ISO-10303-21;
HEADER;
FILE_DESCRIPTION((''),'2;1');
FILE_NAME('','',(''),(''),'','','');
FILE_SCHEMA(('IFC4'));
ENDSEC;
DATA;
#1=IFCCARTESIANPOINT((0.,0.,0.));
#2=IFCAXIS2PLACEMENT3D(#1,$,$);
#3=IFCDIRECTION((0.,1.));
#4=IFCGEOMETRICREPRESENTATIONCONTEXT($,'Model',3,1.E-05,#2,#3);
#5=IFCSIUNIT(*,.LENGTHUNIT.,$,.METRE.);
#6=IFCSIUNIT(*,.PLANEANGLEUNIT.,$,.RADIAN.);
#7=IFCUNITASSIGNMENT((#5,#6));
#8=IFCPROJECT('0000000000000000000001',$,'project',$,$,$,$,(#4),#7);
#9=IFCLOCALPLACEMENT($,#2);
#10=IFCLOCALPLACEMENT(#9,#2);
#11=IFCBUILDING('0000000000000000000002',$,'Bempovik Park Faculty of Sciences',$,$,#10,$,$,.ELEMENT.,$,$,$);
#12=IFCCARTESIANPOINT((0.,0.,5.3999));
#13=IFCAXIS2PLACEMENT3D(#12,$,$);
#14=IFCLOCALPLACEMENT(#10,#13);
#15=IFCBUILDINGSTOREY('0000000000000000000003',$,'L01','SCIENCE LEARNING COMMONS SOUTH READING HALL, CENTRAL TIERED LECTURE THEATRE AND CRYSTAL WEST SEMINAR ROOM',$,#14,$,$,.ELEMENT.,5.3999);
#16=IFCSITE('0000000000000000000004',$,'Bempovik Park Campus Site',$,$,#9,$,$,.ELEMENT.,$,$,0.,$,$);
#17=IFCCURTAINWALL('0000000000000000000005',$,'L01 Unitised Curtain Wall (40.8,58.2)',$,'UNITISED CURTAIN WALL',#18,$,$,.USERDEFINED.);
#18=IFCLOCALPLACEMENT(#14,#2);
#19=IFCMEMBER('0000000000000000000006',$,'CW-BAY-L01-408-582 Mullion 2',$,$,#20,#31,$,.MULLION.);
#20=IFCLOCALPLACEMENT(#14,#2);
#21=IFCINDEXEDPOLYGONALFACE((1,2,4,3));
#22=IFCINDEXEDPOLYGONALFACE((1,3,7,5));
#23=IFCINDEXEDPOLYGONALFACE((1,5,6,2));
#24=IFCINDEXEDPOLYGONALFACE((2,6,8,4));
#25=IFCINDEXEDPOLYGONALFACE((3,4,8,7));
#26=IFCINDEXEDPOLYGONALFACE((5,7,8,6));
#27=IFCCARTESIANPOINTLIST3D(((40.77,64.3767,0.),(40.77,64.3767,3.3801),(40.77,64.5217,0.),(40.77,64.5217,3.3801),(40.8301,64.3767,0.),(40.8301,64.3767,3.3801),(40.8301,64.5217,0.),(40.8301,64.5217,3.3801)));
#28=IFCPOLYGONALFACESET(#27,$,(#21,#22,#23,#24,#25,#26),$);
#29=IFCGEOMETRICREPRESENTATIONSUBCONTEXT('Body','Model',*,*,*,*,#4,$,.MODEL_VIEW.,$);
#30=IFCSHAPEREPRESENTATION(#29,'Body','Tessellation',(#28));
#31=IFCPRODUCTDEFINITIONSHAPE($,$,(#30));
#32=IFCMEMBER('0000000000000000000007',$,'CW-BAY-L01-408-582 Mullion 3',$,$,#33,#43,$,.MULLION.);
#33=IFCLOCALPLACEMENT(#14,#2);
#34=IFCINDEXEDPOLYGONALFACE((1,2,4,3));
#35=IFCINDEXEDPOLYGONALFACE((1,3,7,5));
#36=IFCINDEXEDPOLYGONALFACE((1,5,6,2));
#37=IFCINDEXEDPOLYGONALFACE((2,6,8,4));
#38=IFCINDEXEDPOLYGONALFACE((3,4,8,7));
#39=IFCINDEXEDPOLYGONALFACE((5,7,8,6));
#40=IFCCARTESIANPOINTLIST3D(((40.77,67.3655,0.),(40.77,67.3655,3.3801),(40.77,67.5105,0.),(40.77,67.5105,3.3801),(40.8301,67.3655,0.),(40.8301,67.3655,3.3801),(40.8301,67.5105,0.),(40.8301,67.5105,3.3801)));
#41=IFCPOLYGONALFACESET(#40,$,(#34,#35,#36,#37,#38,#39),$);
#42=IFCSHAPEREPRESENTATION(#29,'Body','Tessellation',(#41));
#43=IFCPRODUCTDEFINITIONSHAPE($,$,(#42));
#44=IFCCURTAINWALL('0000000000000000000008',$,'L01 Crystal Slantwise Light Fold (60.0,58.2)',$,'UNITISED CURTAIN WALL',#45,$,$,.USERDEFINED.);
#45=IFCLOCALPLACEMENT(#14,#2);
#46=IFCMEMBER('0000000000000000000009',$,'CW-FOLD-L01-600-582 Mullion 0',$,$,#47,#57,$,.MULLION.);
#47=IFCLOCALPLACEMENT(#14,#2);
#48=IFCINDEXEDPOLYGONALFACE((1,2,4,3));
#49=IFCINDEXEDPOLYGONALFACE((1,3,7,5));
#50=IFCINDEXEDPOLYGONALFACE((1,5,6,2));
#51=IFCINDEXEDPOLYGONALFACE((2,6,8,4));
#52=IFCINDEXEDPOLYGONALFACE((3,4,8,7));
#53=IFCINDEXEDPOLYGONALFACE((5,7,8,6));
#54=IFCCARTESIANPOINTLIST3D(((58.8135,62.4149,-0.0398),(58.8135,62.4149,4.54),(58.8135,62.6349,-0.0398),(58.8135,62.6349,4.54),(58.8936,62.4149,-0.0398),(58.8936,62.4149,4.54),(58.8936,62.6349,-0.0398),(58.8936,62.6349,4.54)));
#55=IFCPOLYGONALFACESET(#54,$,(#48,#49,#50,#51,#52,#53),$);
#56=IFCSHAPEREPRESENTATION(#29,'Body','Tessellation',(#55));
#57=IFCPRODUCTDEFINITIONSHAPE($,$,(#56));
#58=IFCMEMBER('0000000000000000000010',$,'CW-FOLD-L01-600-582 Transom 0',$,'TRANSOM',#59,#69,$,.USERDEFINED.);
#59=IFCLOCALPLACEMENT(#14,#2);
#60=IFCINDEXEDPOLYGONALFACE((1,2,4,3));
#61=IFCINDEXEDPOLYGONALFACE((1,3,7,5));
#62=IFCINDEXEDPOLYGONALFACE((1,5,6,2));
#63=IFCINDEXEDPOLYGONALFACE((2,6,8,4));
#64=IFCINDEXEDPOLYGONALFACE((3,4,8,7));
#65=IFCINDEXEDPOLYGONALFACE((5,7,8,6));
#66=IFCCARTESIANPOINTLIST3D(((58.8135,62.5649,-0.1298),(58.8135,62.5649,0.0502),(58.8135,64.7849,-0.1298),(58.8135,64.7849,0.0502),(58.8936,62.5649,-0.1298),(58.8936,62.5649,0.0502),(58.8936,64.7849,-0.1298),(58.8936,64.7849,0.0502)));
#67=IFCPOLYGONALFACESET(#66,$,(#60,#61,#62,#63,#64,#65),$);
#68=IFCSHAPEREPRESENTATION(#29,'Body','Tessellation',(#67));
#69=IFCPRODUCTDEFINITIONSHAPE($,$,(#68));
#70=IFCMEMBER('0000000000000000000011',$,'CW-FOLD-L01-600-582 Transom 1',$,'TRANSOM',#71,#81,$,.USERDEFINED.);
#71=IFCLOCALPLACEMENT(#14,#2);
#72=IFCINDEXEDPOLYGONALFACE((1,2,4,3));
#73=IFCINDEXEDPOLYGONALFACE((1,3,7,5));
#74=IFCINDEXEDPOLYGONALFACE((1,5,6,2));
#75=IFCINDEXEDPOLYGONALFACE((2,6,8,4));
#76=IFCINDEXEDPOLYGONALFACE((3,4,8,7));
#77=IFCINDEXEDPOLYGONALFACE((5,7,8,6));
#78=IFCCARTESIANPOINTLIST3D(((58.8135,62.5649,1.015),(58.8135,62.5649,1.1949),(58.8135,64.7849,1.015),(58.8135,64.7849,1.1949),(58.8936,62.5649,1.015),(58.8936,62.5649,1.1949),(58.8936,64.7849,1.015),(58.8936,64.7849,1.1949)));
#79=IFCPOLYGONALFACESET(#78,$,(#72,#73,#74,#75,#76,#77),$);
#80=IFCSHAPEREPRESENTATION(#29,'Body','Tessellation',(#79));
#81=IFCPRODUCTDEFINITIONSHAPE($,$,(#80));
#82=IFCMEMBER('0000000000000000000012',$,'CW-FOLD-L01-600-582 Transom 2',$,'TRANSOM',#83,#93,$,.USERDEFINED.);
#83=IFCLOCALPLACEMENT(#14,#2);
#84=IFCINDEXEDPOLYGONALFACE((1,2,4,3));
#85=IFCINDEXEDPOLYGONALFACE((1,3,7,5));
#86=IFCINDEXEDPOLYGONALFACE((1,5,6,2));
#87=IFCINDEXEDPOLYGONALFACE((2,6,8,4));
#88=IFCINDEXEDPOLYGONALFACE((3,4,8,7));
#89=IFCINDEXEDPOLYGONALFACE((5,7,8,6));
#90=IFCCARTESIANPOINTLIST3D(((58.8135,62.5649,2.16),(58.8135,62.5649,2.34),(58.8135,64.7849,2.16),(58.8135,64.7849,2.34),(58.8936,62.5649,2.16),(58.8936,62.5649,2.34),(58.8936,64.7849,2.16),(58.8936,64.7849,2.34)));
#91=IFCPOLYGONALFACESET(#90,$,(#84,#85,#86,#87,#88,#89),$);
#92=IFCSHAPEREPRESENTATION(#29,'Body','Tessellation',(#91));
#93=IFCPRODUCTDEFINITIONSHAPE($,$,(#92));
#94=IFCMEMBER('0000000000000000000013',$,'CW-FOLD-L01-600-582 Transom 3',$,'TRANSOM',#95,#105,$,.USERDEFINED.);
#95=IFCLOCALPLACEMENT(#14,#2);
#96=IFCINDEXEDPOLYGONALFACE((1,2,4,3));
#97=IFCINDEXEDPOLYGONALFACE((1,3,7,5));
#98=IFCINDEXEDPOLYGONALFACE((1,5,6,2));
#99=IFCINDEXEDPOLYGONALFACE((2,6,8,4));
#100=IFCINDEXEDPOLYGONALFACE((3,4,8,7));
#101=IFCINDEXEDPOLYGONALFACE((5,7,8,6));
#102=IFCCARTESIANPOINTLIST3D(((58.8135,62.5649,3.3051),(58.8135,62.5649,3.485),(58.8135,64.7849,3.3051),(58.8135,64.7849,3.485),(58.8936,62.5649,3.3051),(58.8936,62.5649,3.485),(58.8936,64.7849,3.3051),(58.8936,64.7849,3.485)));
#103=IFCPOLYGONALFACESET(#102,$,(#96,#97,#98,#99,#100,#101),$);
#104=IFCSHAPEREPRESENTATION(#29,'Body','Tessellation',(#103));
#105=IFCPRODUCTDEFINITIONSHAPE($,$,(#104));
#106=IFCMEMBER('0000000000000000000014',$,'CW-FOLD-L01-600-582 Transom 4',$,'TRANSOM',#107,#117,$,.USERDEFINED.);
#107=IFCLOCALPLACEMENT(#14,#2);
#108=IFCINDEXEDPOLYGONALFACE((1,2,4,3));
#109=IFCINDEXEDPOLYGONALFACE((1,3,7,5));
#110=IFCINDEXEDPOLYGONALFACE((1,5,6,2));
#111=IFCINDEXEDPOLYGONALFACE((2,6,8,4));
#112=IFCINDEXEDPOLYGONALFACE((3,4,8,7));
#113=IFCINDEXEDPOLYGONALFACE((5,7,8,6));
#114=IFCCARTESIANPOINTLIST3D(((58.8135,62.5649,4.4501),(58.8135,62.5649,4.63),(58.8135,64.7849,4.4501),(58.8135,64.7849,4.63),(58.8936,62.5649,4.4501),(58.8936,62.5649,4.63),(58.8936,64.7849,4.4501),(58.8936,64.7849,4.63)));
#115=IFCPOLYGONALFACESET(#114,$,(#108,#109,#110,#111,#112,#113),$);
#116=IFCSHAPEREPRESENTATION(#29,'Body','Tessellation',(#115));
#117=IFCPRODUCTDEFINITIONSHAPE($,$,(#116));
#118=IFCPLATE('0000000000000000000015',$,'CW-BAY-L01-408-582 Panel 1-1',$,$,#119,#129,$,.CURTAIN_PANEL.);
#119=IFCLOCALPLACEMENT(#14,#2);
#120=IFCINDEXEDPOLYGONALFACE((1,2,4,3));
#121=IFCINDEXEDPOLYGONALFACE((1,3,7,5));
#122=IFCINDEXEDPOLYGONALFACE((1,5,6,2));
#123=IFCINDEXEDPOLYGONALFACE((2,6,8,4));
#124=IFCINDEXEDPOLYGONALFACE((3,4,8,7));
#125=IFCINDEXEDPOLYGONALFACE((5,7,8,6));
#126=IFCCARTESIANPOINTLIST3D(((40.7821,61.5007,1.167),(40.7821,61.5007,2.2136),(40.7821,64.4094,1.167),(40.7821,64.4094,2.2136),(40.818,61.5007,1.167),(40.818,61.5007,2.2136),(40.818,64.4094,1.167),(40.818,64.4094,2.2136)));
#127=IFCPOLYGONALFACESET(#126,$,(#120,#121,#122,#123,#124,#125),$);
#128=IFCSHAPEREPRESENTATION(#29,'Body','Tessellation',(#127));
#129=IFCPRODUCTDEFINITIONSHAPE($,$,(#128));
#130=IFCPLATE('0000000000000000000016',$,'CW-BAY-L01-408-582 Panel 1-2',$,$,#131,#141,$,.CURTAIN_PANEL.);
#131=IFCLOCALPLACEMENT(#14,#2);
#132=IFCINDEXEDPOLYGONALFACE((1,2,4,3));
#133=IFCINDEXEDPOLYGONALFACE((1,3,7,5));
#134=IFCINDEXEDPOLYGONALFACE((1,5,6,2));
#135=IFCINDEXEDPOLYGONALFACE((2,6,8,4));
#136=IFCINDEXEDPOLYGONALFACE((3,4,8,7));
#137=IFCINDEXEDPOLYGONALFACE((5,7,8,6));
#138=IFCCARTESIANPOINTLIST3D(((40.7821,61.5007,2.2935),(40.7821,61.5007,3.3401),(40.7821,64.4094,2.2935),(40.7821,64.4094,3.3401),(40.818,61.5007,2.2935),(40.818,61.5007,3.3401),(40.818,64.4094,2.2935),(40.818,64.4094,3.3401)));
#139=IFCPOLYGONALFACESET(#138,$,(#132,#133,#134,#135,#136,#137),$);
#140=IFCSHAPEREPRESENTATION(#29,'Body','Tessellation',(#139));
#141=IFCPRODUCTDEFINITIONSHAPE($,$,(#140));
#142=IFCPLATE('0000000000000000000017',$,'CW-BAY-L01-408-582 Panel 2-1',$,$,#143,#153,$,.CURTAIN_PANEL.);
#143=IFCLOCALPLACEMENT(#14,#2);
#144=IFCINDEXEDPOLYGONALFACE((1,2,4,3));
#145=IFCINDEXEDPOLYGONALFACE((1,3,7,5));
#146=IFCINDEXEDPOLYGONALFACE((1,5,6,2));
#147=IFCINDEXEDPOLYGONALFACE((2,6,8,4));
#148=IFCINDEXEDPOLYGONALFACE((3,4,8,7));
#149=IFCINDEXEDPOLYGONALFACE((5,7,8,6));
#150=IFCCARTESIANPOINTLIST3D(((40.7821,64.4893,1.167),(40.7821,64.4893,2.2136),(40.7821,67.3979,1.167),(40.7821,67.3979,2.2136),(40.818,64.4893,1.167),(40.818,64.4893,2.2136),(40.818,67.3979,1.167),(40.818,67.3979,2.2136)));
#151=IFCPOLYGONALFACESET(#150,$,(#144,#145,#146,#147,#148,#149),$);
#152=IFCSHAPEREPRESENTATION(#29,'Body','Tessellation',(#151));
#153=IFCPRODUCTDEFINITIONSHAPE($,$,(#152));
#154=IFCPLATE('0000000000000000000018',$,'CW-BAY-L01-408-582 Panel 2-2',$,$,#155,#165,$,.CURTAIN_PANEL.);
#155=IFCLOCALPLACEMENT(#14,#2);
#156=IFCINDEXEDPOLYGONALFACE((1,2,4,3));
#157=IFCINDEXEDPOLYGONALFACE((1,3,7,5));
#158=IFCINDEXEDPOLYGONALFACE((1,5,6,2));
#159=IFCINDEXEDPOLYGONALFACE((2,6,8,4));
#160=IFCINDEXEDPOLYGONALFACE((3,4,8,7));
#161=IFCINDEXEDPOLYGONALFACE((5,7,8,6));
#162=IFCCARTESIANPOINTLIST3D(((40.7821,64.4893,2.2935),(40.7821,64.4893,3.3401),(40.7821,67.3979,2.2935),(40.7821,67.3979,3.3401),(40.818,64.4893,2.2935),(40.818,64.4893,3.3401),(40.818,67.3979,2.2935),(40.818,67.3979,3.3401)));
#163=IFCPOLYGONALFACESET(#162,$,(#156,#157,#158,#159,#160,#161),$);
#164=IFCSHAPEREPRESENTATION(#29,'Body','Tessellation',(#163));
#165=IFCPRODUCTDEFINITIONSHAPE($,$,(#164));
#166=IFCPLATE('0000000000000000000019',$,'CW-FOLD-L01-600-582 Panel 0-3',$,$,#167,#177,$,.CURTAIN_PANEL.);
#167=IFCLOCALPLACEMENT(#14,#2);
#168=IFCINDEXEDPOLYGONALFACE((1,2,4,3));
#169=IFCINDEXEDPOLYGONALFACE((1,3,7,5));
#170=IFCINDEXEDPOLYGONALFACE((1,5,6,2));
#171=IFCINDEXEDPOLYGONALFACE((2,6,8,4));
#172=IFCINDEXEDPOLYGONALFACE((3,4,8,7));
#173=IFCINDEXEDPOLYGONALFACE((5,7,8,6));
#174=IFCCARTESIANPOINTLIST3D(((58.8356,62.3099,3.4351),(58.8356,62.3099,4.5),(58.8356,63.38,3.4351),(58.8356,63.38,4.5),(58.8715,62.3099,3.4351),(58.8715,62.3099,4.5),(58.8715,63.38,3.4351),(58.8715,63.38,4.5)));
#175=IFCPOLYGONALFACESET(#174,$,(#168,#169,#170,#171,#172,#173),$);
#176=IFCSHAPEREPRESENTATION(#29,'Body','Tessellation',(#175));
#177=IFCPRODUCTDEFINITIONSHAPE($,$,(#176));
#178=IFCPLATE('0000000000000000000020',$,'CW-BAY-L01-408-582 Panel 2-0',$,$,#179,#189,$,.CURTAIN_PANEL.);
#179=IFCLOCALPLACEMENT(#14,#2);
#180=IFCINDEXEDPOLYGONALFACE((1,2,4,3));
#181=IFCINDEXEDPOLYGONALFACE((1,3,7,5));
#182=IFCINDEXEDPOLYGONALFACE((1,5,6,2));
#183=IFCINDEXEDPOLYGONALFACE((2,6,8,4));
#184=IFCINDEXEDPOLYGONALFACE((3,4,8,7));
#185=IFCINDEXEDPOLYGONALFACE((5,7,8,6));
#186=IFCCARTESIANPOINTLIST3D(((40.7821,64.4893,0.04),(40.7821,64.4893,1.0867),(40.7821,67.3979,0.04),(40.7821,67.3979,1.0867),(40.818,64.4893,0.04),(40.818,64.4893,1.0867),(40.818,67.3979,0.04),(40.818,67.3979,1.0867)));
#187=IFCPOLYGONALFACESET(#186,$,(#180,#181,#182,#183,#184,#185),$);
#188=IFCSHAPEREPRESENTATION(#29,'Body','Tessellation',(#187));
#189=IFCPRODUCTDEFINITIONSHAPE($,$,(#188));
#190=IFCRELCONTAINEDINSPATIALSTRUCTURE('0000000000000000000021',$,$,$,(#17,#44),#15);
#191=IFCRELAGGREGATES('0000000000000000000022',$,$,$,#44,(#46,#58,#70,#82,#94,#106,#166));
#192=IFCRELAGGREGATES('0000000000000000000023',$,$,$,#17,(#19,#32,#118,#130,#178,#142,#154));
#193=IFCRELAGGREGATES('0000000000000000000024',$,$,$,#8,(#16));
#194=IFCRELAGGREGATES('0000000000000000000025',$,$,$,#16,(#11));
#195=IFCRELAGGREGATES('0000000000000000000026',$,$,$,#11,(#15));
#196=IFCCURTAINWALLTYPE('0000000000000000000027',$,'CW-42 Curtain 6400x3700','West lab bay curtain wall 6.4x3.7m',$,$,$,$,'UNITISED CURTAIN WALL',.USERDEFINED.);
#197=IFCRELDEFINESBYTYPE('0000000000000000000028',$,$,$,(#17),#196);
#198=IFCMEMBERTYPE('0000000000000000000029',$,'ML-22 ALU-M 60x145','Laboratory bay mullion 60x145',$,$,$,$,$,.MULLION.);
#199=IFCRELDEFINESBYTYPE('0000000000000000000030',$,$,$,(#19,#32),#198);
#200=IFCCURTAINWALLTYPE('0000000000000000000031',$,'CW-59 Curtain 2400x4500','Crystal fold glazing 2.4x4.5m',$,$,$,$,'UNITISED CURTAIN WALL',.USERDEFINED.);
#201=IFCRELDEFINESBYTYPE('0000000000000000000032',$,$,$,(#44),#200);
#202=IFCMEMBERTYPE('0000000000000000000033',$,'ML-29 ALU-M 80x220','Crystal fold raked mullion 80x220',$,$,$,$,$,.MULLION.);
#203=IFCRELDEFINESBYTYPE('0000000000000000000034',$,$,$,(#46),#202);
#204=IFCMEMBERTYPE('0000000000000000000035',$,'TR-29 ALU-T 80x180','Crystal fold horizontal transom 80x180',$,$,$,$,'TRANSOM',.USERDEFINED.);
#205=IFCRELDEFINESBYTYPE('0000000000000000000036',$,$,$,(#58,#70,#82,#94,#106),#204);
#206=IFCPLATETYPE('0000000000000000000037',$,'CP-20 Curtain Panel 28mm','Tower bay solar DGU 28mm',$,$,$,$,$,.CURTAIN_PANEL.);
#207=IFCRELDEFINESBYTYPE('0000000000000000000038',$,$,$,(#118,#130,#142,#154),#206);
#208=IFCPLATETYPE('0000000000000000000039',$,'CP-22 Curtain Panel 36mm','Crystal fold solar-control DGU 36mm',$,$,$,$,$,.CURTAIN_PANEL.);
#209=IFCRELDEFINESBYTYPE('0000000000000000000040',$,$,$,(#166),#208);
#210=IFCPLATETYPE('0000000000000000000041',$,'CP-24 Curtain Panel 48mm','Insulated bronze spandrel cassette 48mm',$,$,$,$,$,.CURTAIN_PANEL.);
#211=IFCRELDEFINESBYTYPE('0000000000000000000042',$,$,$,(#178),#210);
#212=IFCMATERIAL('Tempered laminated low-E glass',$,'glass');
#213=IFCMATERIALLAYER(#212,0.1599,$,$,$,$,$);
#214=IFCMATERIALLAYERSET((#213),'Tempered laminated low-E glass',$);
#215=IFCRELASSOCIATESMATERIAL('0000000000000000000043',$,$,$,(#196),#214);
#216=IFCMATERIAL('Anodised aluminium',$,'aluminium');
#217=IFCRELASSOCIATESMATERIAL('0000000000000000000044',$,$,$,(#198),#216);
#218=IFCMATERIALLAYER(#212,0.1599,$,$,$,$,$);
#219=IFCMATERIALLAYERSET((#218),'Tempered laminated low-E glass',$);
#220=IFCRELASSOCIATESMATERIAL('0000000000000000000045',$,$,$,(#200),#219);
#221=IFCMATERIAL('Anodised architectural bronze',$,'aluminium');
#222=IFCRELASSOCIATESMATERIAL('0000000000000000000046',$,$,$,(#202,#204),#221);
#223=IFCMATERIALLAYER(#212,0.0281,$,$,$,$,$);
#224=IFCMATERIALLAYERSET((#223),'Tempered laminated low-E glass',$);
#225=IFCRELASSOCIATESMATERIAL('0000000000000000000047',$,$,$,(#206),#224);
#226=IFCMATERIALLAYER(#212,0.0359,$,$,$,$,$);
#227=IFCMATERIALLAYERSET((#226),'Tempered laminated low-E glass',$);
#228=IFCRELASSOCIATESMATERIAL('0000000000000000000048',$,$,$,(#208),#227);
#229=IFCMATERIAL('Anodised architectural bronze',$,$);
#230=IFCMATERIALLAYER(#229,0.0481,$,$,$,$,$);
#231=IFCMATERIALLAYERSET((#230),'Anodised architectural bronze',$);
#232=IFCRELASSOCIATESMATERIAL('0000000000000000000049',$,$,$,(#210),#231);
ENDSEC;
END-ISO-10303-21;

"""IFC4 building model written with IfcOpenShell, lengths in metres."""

from ifc_helpers import new_model, si_unit, direction, frame, origin, origin_2d, place, context, subcontext, project, spatial, rectangle, extrude, material, layer, layer_set, material_profile, profile_set, type_object, element, aggregate, save


model = new_model("IFC4")

# Units and contexts
model_context = context("Model", 3, precision=1e-05, world=origin(), true_north=direction((0.0, 1.0)))
body_context = subcontext(model_context, "Body", "Model", "MODEL_VIEW")
ifc_project = project(units=[si_unit("LENGTHUNIT", "METRE"), si_unit("PLANEANGLEUNIT", "RADIAN")], contexts=[model_context])

# Site, building, storey
site_placement = place(None, origin())
site = spatial("IfcSite", under=ifc_project, at=site_placement, Name="Bempovik Park Campus Site", CompositionType="ELEMENT", RefElevation=0.0)
building_placement = place(site_placement, origin())
building = spatial("IfcBuilding", under=site, at=building_placement, Name="Bempovik Park Faculty of Sciences", CompositionType="ELEMENT")
storey_placement = place(building_placement, frame((0.0, 0.0, 5.3999)))
storey = spatial("IfcBuildingStorey", under=building, at=storey_placement, Name="L01", Description="SCIENCE LEARNING COMMONS SOUTH READING HALL, CENTRAL TIERED LECTURE THEATRE AND CRYSTAL WEST SEMINAR ROOM", CompositionType="ELEMENT", Elevation=5.3999)

# Curtain walls, members
ifc_material_1 = material(Name="Tempered laminated low-E glass", Category="glass")
ifc_layer_1 = layer(ifc_material_1, 0.1599)
ifc_layer_set_1 = layer_set([ifc_layer_1], Name="Tempered laminated low-E glass")
curtain_wall_type_1 = type_object("IfcCurtainWallType", Name="CW-42 Curtain 6400x3700", Description="West lab bay curtain wall 6.4x3.7m", ElementType="UNITISED CURTAIN WALL", PredefinedType="USERDEFINED", material=ifc_layer_set_1)
curtain_wall_1_placement = place(storey_placement, origin())
curtain_wall_1 = element("IfcCurtainWall", 1, at=curtain_wall_1_placement, inside=storey, type_object=curtain_wall_type_1, Name="L01 Unitised Curtain Wall (40.8,58.2)", ObjectType="UNITISED CURTAIN WALL", PredefinedType="USERDEFINED")
ifc_material_2 = material(Name="Anodised aluminium", Category="aluminium")
ifc_material_profile_1 = material_profile(ifc_material_2, rectangle(XDim=0.0601, YDim=0.145, at=origin_2d()), Name="ALU-M 60x145")
ifc_profile_set_1 = profile_set([ifc_material_profile_1], Name="Anodised aluminium")
member_type_1 = type_object("IfcMemberType", Name="ML-22 ALU-M 60x145", Description="Laboratory bay mullion 60x145", PredefinedType="MULLION", material=ifc_profile_set_1)
member_1_placement = place(storey_placement, frame((40.8, 64.4492, 0.0), z_axis=(0.0, 0.0, 1.0), x_axis=(1.0, 0.0, 0.0)))
member_1 = element("IfcMember", 2, at=member_1_placement, type_object=member_type_1, Name="CW-BAY-L01-408-582 Mullion 2", PredefinedType="MULLION", context=body_context, shape_type="SweptSolid", body=[
    extrude(rectangle(XDim=0.0601, YDim=0.145, at=origin_2d()), origin(), (0.0, 0.0, 1.0), 3.3801),
])
member_2_placement = place(storey_placement, frame((40.8, 67.438, 0.0), z_axis=(0.0, 0.0, 1.0), x_axis=(1.0, 0.0, 0.0)))
member_2 = element("IfcMember", 3, at=member_2_placement, type_object=member_type_1, Name="CW-BAY-L01-408-582 Mullion 3", PredefinedType="MULLION", context=body_context, shape_type="SweptSolid", body=[
    extrude(rectangle(XDim=0.0601, YDim=0.145, at=origin_2d()), origin(), (0.0, 0.0, 1.0), 3.3801),
])
ifc_layer_2 = layer(ifc_material_1, 0.1599)
ifc_layer_set_2 = layer_set([ifc_layer_2], Name="Tempered laminated low-E glass")
curtain_wall_type_2 = type_object("IfcCurtainWallType", Name="CW-59 Curtain 2400x4500", Description="Crystal fold glazing 2.4x4.5m", ElementType="UNITISED CURTAIN WALL", PredefinedType="USERDEFINED", material=ifc_layer_set_2)
curtain_wall_2_placement = place(storey_placement, origin())
curtain_wall_2 = element("IfcCurtainWall", 4, at=curtain_wall_2_placement, inside=storey, type_object=curtain_wall_type_2, Name="L01 Crystal Slantwise Light Fold (60.0,58.2)", ObjectType="UNITISED CURTAIN WALL", PredefinedType="USERDEFINED")
ifc_material_3 = material(Name="Anodised architectural bronze", Category="aluminium")
ifc_material_profile_2 = material_profile(ifc_material_3, rectangle(XDim=0.0801, YDim=0.22, at=origin_2d()), Name="ALU-M 80x220")
ifc_profile_set_2 = profile_set([ifc_material_profile_2], Name="Anodised architectural bronze")
member_type_2 = type_object("IfcMemberType", Name="ML-29 ALU-M 80x220", Description="Crystal fold raked mullion 80x220", PredefinedType="MULLION", material=ifc_profile_set_2)
member_3_placement = place(storey_placement, frame((58.8535, 62.5249, -0.0398), z_axis=(0.0, 0.0, 1.0), x_axis=(1.0, 0.0, 0.0)))
member_3 = element("IfcMember", 5, at=member_3_placement, type_object=member_type_2, Name="CW-FOLD-L01-600-582 Mullion 0", PredefinedType="MULLION", context=body_context, shape_type="SweptSolid", body=[
    extrude(rectangle(XDim=0.0801, YDim=0.22, at=origin_2d()), origin(), (0.0, 0.0, 1.0), 4.5798),
])
ifc_material_profile_3 = material_profile(ifc_material_3, rectangle(XDim=0.0801, YDim=0.1799, at=origin_2d()), Name="ALU-T 80x180")
ifc_profile_set_3 = profile_set([ifc_material_profile_3], Name="Anodised architectural bronze")
member_type_3 = type_object("IfcMemberType", Name="TR-29 ALU-T 80x180", Description="Crystal fold horizontal transom 80x180", ElementType="TRANSOM", PredefinedType="USERDEFINED", material=ifc_profile_set_3)
member_4_placement = place(storey_placement, frame((58.8535, 62.5649, -0.0398), z_axis=(0.0, 1.0, 0.0), x_axis=(-1.0, 0.0, 0.0)))
member_4 = element("IfcMember", 6, at=member_4_placement, type_object=member_type_3, Name="CW-FOLD-L01-600-582 Transom 0", ObjectType="TRANSOM", PredefinedType="USERDEFINED", context=body_context, shape_type="SweptSolid", body=[
    extrude(rectangle(XDim=0.0801, YDim=0.1799, at=origin_2d()), origin(), (0.0, 0.0, 1.0), 2.22),
])
member_5_placement = place(storey_placement, frame((58.8535, 62.5649, 1.105), z_axis=(0.0, 1.0, 0.0), x_axis=(-1.0, 0.0, 0.0)))
member_5 = element("IfcMember", 7, at=member_5_placement, type_object=member_type_3, Name="CW-FOLD-L01-600-582 Transom 1", ObjectType="TRANSOM", PredefinedType="USERDEFINED", context=body_context, shape_type="SweptSolid", body=[
    extrude(rectangle(XDim=0.0801, YDim=0.1799, at=origin_2d()), origin(), (0.0, 0.0, 1.0), 2.22),
])
member_6_placement = place(storey_placement, frame((58.8535, 62.5649, 2.25), z_axis=(0.0, 1.0, 0.0), x_axis=(-1.0, 0.0, 0.0)))
member_6 = element("IfcMember", 8, at=member_6_placement, type_object=member_type_3, Name="CW-FOLD-L01-600-582 Transom 2", ObjectType="TRANSOM", PredefinedType="USERDEFINED", context=body_context, shape_type="SweptSolid", body=[
    extrude(rectangle(XDim=0.0801, YDim=0.1799, at=origin_2d()), origin(), (0.0, 0.0, 1.0), 2.22),
])
member_7_placement = place(storey_placement, frame((58.8535, 62.5649, 3.395), z_axis=(0.0, 1.0, 0.0), x_axis=(-1.0, 0.0, 0.0)))
member_7 = element("IfcMember", 9, at=member_7_placement, type_object=member_type_3, Name="CW-FOLD-L01-600-582 Transom 3", ObjectType="TRANSOM", PredefinedType="USERDEFINED", context=body_context, shape_type="SweptSolid", body=[
    extrude(rectangle(XDim=0.0801, YDim=0.1799, at=origin_2d()), origin(), (0.0, 0.0, 1.0), 2.22),
])
member_8_placement = place(storey_placement, frame((58.8535, 62.5649, 4.54), z_axis=(0.0, 1.0, 0.0), x_axis=(-1.0, 0.0, 0.0)))
member_8 = element("IfcMember", 10, at=member_8_placement, type_object=member_type_3, Name="CW-FOLD-L01-600-582 Transom 4", ObjectType="TRANSOM", PredefinedType="USERDEFINED", context=body_context, shape_type="SweptSolid", body=[
    extrude(rectangle(XDim=0.0801, YDim=0.1799, at=origin_2d()), origin(), (0.0, 0.0, 1.0), 2.22),
])

# Plates
ifc_layer_3 = layer(ifc_material_1, 0.0281)
ifc_layer_set_3 = layer_set([ifc_layer_3], Name="Tempered laminated low-E glass")
plate_type_1 = type_object("IfcPlateType", Name="CP-20 Curtain Panel 28mm", Description="Tower bay solar DGU 28mm", PredefinedType="CURTAIN_PANEL", material=ifc_layer_set_3)
plate_1_placement = place(storey_placement, frame((40.8, 62.9551, 1.167), z_axis=(0.0, 0.0, 1.0), x_axis=(0.0, 1.0, 0.0)))
plate_1 = element("IfcPlate", 11, at=plate_1_placement, type_object=plate_type_1, Name="CW-BAY-L01-408-582 Panel 1-1", PredefinedType="CURTAIN_PANEL", context=body_context, shape_type="SweptSolid", body=[
    extrude(rectangle(XDim=2.9087, YDim=0.0359, at=origin_2d()), origin(), (0.0, 0.0, 1.0), 1.0466),
])
plate_2_placement = place(storey_placement, frame((40.8, 62.9551, 2.2935), z_axis=(0.0, 0.0, 1.0), x_axis=(0.0, 1.0, 0.0)))
plate_2 = element("IfcPlate", 12, at=plate_2_placement, type_object=plate_type_1, Name="CW-BAY-L01-408-582 Panel 1-2", PredefinedType="CURTAIN_PANEL", context=body_context, shape_type="SweptSolid", body=[
    extrude(rectangle(XDim=2.9087, YDim=0.0359, at=origin_2d()), origin(), (0.0, 0.0, 1.0), 1.0466),
])
plate_3_placement = place(storey_placement, frame((40.8, 65.9436, 1.167), z_axis=(0.0, 0.0, 1.0), x_axis=(0.0, 1.0, 0.0)))
plate_3 = element("IfcPlate", 13, at=plate_3_placement, type_object=plate_type_1, Name="CW-BAY-L01-408-582 Panel 2-1", PredefinedType="CURTAIN_PANEL", context=body_context, shape_type="SweptSolid", body=[
    extrude(rectangle(XDim=2.9087, YDim=0.0359, at=origin_2d()), origin(), (0.0, 0.0, 1.0), 1.0466),
])
plate_4_placement = place(storey_placement, frame((40.8, 65.9436, 2.2935), z_axis=(0.0, 0.0, 1.0), x_axis=(0.0, 1.0, 0.0)))
plate_4 = element("IfcPlate", 14, at=plate_4_placement, type_object=plate_type_1, Name="CW-BAY-L01-408-582 Panel 2-2", PredefinedType="CURTAIN_PANEL", context=body_context, shape_type="SweptSolid", body=[
    extrude(rectangle(XDim=2.9087, YDim=0.0359, at=origin_2d()), origin(), (0.0, 0.0, 1.0), 1.0466),
])
ifc_layer_4 = layer(ifc_material_1, 0.0359)
ifc_layer_set_4 = layer_set([ifc_layer_4], Name="Tempered laminated low-E glass")
plate_type_2 = type_object("IfcPlateType", Name="CP-22 Curtain Panel 36mm", Description="Crystal fold solar-control DGU 36mm", PredefinedType="CURTAIN_PANEL", material=ifc_layer_set_4)
plate_5_placement = place(storey_placement, frame((58.8535, 62.845, 3.4351), z_axis=(0.0, 0.0, 1.0), x_axis=(0.0, 1.0, 0.0)))
plate_5 = element("IfcPlate", 15, at=plate_5_placement, type_object=plate_type_2, Name="CW-FOLD-L01-600-582 Panel 0-3", PredefinedType="CURTAIN_PANEL", context=body_context, shape_type="SweptSolid", body=[
    extrude(rectangle(XDim=1.0701, YDim=0.0359, at=origin_2d()), origin(), (0.0, 0.0, 1.0), 1.0649),
])
aggregate(curtain_wall_2, [member_3, member_4, member_5, member_6, member_7, member_8, plate_5])
ifc_material_4 = material(Name="Anodised architectural bronze")
ifc_layer_5 = layer(ifc_material_4, 0.0481)
ifc_layer_set_5 = layer_set([ifc_layer_5], Name="Anodised architectural bronze")
plate_type_3 = type_object("IfcPlateType", Name="CP-24 Curtain Panel 48mm", Description="Insulated bronze spandrel cassette 48mm", PredefinedType="CURTAIN_PANEL", material=ifc_layer_set_5)
plate_6_placement = place(storey_placement, frame((40.8, 65.9436, 0.04), z_axis=(0.0, 0.0, 1.0), x_axis=(0.0, 1.0, 0.0)))
plate_6 = element("IfcPlate", 16, at=plate_6_placement, type_object=plate_type_3, Name="CW-BAY-L01-408-582 Panel 2-0", PredefinedType="CURTAIN_PANEL", context=body_context, shape_type="SweptSolid", body=[
    extrude(rectangle(XDim=2.9087, YDim=0.0359, at=origin_2d()), origin(), (0.0, 0.0, 1.0), 1.0466),
])
aggregate(curtain_wall_1, [member_1, member_2, plate_1, plate_2, plate_6, plate_3, plate_4])

save(model, "model.ifc")
